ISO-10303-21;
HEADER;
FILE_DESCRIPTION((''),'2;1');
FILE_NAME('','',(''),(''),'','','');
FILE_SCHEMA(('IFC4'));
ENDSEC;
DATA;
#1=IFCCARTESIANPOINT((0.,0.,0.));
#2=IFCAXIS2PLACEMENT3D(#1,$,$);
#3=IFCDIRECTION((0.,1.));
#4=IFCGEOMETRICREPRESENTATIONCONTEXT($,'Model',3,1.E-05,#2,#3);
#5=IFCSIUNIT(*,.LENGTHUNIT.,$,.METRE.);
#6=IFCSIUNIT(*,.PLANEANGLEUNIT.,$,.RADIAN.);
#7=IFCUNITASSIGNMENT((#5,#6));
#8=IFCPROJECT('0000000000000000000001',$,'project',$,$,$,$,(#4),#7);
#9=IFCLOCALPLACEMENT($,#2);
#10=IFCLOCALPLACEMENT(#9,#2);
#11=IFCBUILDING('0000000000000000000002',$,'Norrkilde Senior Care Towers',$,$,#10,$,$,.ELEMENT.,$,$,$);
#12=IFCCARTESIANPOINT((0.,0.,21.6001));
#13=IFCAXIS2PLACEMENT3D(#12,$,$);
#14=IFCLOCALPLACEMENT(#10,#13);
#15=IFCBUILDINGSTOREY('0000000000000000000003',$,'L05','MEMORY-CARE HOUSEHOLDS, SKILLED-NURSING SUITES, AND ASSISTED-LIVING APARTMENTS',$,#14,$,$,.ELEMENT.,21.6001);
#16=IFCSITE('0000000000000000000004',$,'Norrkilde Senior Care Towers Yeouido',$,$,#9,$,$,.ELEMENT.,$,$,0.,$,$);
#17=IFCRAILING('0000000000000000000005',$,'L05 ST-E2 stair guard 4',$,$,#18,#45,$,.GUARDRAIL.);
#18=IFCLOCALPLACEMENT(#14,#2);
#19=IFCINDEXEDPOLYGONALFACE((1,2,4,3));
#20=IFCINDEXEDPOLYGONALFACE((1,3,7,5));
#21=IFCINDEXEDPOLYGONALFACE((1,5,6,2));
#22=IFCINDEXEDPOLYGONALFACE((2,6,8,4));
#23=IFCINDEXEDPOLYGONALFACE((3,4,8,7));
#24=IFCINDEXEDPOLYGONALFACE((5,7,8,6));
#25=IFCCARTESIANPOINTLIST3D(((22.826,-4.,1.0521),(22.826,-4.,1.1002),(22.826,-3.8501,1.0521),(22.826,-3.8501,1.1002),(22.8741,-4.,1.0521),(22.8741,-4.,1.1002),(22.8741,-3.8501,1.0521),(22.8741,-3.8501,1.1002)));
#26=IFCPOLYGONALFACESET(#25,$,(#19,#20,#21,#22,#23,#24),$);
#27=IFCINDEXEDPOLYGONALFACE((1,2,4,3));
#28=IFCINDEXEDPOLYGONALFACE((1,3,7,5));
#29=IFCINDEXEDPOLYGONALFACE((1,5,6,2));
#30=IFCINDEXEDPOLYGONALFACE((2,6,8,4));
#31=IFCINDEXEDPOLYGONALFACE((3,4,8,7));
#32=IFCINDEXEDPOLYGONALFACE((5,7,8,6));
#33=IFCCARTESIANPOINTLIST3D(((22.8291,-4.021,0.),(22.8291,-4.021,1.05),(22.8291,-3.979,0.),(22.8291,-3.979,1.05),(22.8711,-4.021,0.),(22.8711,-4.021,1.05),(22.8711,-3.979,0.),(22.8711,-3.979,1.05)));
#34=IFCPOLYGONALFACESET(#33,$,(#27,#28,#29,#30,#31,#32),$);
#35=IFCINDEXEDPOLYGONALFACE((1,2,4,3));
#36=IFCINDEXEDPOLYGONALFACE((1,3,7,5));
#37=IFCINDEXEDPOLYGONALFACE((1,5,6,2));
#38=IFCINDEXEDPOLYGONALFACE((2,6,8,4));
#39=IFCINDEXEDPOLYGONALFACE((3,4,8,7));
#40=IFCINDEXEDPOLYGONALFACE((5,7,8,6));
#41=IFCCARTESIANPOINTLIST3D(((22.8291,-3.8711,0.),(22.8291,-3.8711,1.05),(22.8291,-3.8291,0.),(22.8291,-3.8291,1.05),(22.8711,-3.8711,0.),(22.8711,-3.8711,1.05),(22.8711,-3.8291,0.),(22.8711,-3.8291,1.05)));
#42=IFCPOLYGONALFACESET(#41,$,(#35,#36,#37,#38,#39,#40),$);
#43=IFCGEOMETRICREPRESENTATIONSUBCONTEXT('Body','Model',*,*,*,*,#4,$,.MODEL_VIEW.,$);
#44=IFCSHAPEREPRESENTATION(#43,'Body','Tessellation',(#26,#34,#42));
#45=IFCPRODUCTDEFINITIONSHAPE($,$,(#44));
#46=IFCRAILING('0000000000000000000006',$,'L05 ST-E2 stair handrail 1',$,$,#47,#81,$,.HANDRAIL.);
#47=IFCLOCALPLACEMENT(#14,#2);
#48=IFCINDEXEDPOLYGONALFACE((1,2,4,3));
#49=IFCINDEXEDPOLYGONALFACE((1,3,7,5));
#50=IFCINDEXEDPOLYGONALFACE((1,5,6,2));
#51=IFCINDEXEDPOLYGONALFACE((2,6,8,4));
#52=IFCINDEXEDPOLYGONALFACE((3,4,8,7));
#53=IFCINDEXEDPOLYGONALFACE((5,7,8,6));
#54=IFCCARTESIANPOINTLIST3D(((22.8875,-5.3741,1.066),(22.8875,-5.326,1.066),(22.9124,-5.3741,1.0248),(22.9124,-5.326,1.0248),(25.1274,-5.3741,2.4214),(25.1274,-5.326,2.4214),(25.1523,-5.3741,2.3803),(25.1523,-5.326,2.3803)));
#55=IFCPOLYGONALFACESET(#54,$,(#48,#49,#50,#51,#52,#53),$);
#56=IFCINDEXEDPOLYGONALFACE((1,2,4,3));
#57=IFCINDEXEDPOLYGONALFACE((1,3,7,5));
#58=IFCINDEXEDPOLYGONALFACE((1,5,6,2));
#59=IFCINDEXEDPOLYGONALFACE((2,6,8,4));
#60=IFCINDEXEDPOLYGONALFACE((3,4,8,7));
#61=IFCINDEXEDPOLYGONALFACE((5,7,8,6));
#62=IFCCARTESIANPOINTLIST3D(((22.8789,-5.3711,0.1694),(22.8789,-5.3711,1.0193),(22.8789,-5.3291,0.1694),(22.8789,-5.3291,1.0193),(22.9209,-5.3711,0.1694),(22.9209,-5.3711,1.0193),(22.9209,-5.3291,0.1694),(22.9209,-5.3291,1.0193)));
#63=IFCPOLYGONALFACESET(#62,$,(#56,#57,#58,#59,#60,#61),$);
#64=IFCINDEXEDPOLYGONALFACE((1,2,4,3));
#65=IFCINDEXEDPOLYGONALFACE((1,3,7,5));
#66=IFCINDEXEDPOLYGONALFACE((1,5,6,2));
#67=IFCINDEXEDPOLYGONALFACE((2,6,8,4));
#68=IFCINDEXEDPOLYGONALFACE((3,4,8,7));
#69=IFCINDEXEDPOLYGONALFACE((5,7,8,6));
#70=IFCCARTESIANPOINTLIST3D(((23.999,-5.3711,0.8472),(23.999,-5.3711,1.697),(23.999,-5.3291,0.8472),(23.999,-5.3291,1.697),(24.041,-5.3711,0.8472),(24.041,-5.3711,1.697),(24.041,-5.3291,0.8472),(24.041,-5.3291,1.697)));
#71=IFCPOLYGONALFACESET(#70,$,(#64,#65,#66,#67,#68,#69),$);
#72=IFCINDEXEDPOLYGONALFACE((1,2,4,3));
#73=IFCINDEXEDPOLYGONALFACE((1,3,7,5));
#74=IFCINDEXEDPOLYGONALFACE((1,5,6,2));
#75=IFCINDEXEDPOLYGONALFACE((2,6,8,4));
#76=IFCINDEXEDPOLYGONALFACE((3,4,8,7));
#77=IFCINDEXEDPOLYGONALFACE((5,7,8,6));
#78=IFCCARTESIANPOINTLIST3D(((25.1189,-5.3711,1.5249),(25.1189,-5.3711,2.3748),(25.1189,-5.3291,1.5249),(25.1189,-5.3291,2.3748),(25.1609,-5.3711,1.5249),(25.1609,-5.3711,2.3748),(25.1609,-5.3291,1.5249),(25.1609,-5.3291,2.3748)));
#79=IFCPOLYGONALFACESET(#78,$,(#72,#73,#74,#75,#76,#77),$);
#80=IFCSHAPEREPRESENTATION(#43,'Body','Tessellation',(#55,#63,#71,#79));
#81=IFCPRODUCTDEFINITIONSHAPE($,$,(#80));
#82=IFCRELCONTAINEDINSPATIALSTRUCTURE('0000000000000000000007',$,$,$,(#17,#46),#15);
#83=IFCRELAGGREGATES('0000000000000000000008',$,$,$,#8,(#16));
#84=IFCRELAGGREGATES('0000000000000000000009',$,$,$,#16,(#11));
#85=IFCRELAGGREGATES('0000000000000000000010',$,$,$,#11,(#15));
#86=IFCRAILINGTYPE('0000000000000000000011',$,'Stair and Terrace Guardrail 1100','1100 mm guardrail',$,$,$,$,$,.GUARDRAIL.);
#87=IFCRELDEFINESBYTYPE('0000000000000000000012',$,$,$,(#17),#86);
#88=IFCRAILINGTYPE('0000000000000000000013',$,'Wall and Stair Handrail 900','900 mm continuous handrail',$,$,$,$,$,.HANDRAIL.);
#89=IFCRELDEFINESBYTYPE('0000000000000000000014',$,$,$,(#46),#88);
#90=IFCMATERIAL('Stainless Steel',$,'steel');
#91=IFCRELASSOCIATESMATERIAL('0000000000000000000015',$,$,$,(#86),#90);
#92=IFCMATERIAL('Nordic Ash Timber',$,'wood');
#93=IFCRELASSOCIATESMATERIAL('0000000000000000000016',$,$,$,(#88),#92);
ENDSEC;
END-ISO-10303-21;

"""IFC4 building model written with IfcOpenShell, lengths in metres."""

from ifc_helpers import new_model, si_unit, direction, frame, origin, origin_2d, place, context, subcontext, project, spatial, rectangle, extrude, material, type_object, element, save


model = new_model("IFC4")

# Units and contexts
model_context = context("Model", 3, precision=1e-05, world=origin(), true_north=direction((0.0, 1.0)))
body_context = subcontext(model_context, "Body", "Model", "MODEL_VIEW")
ifc_project = project(units=[si_unit("LENGTHUNIT", "METRE"), si_unit("PLANEANGLEUNIT", "RADIAN")], contexts=[model_context])

# Site, building, storey
site_placement = place(None, origin())
site = spatial("IfcSite", under=ifc_project, at=site_placement, Name="Norrkilde Senior Care Towers Yeouido", CompositionType="ELEMENT", RefElevation=0.0)
building_placement = place(site_placement, origin())
building = spatial("IfcBuilding", under=site, at=building_placement, Name="Norrkilde Senior Care Towers", CompositionType="ELEMENT")
storey_placement = place(building_placement, frame((0.0, 0.0, 21.6001)))
storey = spatial("IfcBuildingStorey", under=building, at=storey_placement, Name="L05", Description="MEMORY-CARE HOUSEHOLDS, SKILLED-NURSING SUITES, AND ASSISTED-LIVING APARTMENTS", CompositionType="ELEMENT", Elevation=21.6001)

# Shared definitions
ifc_material_1 = material(Name="Stainless Steel", Category="steel")

# Shared definitions
ifc_material_2 = material(Name="Nordic Ash Timber", Category="wood")

# Railings
railing_type_1 = type_object("IfcRailingType", Name="Stair and Terrace Guardrail 1100", Description="1100 mm guardrail", PredefinedType="GUARDRAIL", material=ifc_material_1)
railing_1_placement = place(storey_placement, frame((22.8501, -4.0, 0.0)))
element("IfcRailing", 1, at=railing_1_placement, inside=storey, type_object=railing_type_1, Name="L05 ST-E2 stair guard 4", PredefinedType="GUARDRAIL", context=body_context, shape_type="SweptSolid", body=[
    extrude(rectangle(XDim=0.0481, YDim=0.0481, at=origin_2d()), frame((0.0, 0.0, 1.0762), z_axis=(0.0, 1.0, 0.0), x_axis=(-1.0, 0.0, 0.0)), (0.0, 0.0, 1.0), 0.1499),
    extrude(rectangle(XDim=0.042, YDim=0.042, at=origin_2d()), origin(), (0.0, 0.0, 1.0), 1.05),
    extrude(rectangle(XDim=0.042, YDim=0.042, at=origin_2d()), frame((0.0, 0.1499, 0.0)), (0.0, 0.0, 1.0), 1.05),
])
railing_type_2 = type_object("IfcRailingType", Name="Wall and Stair Handrail 900", Description="900 mm continuous handrail", PredefinedType="HANDRAIL", material=ifc_material_2)
railing_2_placement = place(storey_placement, frame((22.8999, -5.3501, 0.1694)))
element("IfcRailing", 2, at=railing_2_placement, inside=storey, type_object=railing_type_2, Name="L05 ST-E2 stair handrail 1", PredefinedType="HANDRAIL", context=body_context, shape_type="SweptSolid", body=[
    extrude(rectangle(XDim=0.0481, YDim=0.0481, at=origin_2d()), frame((0.0, 0.0, 0.876), z_axis=(0.855553, 0.0, 0.517715), x_axis=(0.0, 1.0, 0.0)), (0.0, 0.0, 1.0), 2.6182),
    extrude(rectangle(XDim=0.042, YDim=0.042, at=origin_2d()), origin(), (0.0, 0.0, 1.0), 0.8499),
    extrude(rectangle(XDim=0.042, YDim=0.042, at=origin_2d()), frame((1.1201, 0.0, 0.6777)), (0.0, 0.0, 1.0), 0.8499),
    extrude(rectangle(XDim=0.042, YDim=0.042, at=origin_2d()), frame((2.24, 0.0, 1.3555)), (0.0, 0.0, 1.0), 0.8499),
])

save(model, "model.ifc")
